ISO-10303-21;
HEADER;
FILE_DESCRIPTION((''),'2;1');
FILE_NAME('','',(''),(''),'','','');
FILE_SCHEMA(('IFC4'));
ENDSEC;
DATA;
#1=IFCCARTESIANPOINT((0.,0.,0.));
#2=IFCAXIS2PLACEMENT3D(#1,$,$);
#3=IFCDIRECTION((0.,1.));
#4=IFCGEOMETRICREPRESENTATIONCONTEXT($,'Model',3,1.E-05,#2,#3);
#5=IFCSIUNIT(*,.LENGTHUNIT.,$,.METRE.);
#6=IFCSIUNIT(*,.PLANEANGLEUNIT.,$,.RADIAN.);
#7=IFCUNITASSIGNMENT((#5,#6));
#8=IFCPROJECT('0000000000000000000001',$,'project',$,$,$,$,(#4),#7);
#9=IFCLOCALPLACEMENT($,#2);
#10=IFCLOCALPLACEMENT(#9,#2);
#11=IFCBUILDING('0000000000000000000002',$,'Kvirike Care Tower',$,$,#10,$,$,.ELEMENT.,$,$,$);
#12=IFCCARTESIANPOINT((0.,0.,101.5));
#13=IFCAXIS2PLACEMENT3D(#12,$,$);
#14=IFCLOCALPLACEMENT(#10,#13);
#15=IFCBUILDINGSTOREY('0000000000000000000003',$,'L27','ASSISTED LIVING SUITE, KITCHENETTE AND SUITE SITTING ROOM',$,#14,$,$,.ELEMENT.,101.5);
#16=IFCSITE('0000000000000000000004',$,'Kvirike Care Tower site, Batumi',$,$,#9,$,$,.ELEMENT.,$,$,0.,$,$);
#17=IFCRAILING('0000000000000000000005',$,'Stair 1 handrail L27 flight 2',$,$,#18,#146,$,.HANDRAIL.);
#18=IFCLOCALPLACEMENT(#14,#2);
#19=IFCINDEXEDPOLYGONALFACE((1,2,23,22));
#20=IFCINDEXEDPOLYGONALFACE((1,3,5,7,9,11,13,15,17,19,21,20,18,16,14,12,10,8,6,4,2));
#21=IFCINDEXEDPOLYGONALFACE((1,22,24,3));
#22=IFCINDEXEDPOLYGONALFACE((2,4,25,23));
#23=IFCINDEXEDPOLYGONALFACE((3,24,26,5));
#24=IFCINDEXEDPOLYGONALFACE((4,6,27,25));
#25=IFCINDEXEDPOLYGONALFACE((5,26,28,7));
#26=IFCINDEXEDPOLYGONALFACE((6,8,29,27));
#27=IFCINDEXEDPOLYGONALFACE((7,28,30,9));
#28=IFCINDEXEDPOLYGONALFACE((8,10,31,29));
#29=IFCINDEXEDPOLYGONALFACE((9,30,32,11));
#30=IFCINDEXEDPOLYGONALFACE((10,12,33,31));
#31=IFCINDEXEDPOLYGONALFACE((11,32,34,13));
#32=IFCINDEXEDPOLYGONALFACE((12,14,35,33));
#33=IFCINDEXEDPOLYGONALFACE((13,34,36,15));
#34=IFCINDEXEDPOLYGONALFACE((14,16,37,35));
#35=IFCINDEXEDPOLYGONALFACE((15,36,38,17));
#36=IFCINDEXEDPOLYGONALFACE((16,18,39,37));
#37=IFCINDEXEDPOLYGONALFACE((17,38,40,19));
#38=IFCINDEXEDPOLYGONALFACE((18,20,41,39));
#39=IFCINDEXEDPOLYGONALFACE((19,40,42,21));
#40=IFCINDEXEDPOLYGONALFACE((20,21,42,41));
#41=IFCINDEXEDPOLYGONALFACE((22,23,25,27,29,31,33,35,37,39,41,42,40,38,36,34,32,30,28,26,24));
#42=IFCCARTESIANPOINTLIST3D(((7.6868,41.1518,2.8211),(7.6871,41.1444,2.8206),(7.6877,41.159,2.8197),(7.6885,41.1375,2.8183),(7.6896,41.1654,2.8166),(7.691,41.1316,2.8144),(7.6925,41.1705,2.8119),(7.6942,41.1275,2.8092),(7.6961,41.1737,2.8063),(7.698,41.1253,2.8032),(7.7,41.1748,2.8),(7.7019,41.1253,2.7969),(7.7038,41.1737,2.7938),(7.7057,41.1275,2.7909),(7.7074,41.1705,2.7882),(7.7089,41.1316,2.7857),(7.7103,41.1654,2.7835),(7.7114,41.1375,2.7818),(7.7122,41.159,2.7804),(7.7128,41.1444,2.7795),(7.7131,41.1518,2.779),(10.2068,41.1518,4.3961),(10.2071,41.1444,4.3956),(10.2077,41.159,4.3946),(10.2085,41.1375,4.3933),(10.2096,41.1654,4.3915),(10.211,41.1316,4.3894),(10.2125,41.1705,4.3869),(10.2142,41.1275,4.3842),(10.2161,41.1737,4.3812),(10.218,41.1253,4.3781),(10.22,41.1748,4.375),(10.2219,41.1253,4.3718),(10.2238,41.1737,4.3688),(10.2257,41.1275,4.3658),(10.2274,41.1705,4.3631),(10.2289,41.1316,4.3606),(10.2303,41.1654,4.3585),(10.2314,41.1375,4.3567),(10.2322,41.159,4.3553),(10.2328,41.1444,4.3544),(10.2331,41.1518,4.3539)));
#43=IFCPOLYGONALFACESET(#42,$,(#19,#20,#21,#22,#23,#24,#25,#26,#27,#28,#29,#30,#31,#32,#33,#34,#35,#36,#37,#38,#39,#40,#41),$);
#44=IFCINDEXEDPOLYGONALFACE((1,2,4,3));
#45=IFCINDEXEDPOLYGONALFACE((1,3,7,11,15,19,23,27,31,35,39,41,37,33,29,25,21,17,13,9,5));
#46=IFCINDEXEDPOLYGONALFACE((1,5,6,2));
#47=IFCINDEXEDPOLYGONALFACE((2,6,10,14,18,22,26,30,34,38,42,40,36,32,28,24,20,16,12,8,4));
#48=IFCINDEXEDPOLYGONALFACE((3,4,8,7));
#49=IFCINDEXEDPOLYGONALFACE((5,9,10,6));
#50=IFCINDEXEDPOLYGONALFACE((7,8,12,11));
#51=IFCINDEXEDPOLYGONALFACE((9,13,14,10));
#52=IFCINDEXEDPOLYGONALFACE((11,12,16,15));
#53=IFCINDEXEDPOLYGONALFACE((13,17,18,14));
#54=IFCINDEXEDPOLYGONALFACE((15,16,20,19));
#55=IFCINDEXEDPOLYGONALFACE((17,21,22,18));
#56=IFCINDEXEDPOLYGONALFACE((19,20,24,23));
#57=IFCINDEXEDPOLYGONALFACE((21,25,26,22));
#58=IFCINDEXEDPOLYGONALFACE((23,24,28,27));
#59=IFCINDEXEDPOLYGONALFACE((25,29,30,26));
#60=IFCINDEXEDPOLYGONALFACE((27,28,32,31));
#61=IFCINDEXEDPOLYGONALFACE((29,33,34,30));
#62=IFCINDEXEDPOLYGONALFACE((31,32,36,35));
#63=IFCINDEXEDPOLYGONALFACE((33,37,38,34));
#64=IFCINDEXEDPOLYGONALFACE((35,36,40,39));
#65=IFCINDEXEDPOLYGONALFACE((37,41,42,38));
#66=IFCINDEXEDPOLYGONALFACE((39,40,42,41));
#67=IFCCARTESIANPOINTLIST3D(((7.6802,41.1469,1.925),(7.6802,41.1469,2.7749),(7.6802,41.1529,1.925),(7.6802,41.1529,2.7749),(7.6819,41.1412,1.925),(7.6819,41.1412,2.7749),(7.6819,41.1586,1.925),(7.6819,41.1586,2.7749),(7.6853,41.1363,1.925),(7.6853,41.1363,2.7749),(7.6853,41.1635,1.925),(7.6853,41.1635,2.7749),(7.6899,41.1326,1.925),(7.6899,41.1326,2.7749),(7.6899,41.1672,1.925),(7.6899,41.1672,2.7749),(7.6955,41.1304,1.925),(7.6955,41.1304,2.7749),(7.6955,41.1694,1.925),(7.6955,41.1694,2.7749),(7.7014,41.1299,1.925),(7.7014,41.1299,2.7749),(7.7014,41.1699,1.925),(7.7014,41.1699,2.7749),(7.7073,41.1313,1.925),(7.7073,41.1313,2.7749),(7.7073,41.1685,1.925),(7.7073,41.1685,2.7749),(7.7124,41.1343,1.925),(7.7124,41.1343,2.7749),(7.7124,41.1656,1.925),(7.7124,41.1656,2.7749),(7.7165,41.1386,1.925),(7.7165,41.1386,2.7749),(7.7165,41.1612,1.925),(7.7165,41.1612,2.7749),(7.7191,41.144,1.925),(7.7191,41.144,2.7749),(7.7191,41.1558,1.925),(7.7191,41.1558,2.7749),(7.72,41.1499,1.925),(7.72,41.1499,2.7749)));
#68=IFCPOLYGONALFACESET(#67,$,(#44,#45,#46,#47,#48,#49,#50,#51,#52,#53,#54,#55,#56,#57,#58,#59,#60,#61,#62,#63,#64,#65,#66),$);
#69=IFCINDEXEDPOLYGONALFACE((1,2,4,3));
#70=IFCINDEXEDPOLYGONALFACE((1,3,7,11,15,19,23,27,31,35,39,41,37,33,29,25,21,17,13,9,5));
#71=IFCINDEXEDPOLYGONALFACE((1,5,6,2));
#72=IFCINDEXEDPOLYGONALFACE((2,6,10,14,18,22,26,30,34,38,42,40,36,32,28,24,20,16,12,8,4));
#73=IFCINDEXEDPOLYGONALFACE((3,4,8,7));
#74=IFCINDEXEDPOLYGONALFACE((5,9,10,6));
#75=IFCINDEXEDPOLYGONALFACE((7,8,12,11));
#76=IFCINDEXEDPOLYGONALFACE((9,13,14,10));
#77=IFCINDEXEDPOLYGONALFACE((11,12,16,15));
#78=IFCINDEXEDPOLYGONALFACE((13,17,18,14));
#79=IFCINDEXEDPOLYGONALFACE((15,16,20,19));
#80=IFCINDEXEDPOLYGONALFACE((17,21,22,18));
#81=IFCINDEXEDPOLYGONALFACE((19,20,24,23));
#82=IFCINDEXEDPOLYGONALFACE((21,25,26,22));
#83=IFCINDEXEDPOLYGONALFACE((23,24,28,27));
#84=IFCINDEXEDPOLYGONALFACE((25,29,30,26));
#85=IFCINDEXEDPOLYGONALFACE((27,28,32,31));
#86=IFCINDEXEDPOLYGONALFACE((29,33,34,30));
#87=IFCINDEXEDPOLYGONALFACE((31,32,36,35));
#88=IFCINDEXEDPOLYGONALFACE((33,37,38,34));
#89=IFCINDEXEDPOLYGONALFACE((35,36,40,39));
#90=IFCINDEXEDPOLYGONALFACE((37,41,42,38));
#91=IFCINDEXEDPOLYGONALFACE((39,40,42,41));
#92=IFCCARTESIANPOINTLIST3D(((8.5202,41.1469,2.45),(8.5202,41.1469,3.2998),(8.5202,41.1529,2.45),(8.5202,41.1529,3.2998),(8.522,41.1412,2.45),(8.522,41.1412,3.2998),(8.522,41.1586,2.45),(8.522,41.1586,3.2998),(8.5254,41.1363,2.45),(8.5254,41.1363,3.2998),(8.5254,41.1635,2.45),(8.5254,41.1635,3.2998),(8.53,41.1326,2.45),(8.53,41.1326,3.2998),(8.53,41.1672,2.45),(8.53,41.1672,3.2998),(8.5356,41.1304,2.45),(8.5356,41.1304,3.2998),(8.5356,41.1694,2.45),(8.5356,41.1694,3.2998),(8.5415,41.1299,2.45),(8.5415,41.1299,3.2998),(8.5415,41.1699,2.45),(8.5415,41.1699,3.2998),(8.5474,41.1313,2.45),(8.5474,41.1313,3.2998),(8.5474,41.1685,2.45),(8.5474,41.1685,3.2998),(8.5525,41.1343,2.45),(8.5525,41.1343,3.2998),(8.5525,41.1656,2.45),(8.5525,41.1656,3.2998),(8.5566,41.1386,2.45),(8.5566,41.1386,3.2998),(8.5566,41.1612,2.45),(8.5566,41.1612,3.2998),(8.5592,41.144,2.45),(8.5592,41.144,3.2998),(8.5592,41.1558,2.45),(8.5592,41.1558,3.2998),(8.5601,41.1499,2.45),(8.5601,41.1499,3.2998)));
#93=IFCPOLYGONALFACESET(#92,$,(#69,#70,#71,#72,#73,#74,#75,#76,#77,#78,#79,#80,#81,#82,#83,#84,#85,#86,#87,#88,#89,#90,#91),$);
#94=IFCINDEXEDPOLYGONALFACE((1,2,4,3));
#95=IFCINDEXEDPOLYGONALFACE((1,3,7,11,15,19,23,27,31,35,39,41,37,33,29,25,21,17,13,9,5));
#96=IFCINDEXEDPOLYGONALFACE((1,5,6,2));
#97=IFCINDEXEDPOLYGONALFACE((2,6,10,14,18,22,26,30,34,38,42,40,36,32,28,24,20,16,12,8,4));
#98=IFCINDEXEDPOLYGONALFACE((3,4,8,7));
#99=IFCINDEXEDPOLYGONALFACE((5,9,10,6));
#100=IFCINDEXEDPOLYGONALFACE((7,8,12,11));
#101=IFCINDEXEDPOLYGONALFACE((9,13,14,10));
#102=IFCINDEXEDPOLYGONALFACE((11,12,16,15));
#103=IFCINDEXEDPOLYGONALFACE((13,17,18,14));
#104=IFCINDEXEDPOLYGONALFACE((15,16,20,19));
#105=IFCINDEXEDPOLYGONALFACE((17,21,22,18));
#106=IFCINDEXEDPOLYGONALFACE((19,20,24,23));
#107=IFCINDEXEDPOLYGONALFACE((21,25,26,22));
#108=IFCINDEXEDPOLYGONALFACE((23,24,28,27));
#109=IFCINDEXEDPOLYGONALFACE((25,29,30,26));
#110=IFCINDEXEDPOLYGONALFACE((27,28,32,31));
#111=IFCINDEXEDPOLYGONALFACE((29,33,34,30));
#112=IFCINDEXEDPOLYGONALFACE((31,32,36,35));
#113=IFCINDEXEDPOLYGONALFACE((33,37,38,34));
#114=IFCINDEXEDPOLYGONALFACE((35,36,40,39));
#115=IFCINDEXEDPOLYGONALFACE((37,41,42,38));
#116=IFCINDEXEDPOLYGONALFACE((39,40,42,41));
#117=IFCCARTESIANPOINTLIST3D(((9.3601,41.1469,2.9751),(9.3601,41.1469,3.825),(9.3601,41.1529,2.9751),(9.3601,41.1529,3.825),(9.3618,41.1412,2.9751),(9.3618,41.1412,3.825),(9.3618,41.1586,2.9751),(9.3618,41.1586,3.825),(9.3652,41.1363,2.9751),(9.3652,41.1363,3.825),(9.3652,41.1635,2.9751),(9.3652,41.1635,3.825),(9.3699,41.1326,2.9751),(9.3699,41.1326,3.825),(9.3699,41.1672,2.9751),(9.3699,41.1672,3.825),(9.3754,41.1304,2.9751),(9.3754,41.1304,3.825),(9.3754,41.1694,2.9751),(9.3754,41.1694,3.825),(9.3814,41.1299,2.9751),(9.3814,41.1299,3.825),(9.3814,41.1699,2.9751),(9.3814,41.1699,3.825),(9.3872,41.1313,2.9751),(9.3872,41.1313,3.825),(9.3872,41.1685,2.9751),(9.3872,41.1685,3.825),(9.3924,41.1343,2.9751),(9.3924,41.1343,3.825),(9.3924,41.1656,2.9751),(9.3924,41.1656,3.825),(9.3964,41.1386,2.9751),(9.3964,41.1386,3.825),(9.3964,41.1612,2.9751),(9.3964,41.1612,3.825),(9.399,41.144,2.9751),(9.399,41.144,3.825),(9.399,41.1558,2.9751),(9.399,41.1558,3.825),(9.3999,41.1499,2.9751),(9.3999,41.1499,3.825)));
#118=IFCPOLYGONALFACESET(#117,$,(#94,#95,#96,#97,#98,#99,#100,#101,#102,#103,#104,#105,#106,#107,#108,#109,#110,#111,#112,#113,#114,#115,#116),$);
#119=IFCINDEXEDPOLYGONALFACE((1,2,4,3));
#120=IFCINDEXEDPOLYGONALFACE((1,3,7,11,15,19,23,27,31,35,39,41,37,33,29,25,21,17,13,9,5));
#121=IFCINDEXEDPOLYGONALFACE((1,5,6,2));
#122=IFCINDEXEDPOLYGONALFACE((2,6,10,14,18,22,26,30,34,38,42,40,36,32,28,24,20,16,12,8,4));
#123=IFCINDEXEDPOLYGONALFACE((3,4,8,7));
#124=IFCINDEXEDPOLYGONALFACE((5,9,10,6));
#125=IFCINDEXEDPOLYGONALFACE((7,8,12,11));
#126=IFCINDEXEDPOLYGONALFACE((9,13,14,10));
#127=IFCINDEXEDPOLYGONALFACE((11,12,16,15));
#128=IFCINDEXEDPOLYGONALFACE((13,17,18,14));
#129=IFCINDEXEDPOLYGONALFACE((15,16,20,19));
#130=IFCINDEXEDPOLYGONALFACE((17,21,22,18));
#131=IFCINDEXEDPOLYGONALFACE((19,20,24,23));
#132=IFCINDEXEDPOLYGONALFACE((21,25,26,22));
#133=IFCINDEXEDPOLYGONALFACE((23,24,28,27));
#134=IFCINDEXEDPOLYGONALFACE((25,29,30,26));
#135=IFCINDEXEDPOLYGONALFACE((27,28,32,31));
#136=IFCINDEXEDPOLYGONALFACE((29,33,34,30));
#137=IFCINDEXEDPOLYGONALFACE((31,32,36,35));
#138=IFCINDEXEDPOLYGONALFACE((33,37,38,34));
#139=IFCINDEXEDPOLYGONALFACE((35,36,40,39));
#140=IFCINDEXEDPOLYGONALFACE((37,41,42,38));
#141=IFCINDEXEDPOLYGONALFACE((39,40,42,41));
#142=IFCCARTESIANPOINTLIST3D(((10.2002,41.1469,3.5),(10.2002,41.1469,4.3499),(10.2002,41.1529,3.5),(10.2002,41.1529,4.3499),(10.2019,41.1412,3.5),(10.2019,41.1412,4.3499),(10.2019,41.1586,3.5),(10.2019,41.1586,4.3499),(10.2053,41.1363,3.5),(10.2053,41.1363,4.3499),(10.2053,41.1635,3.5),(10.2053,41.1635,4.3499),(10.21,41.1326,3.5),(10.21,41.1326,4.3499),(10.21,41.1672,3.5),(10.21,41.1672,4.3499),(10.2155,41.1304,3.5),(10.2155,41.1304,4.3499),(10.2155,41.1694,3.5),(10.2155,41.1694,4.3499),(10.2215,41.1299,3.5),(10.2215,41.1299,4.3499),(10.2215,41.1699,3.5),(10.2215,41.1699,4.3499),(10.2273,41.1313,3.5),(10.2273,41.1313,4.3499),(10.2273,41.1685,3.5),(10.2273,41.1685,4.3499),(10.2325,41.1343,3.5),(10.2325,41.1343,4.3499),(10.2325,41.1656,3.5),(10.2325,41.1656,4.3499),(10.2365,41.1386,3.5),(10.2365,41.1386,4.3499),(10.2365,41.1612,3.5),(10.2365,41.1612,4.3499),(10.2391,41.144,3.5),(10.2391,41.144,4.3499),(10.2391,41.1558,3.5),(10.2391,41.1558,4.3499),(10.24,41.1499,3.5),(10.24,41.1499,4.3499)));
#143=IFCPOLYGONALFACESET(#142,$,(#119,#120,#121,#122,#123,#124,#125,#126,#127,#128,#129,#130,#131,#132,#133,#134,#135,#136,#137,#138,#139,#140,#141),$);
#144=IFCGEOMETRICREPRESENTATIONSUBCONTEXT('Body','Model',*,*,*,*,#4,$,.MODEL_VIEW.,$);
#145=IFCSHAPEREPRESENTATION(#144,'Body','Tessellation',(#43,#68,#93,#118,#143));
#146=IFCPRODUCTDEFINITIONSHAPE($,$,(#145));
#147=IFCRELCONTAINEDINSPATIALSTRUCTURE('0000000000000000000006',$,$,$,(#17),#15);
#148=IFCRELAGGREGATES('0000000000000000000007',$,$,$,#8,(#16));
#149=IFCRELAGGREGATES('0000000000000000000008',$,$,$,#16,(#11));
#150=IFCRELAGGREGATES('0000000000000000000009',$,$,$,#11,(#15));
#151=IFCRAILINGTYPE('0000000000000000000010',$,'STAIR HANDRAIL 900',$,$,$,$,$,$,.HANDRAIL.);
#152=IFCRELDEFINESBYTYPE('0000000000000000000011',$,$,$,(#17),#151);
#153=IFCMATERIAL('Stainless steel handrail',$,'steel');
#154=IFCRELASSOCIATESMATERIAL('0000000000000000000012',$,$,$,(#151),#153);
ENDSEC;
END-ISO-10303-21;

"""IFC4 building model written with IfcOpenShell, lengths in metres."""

from ifc_helpers import new_model, si_unit, direction, frame, origin, origin_2d, place, context, subcontext, project, spatial, circle, extrude, material, type_object, element, save


model = new_model("IFC4")

# Units and contexts
model_context = context("Model", 3, precision=1e-05, world=origin(), true_north=direction((0.0, 1.0)))
body_context = subcontext(model_context, "Body", "Model", "MODEL_VIEW")
ifc_project = project(units=[si_unit("LENGTHUNIT", "METRE"), si_unit("PLANEANGLEUNIT", "RADIAN")], contexts=[model_context])

# Site, building, storey
site_placement = place(None, origin())
site = spatial("IfcSite", under=ifc_project, at=site_placement, Name="Kvirike Care Tower site, Batumi", CompositionType="ELEMENT", RefElevation=0.0)
building_placement = place(site_placement, origin())
building = spatial("IfcBuilding", under=site, at=building_placement, Name="Kvirike Care Tower", CompositionType="ELEMENT")
storey_placement = place(building_placement, frame((0.0, 0.0, 101.5)))
storey = spatial("IfcBuildingStorey", under=building, at=storey_placement, Name="L27", Description="ASSISTED LIVING SUITE, KITCHENETTE AND SUITE SITTING ROOM", CompositionType="ELEMENT", Elevation=101.5)

# Railing
ifc_material_1 = material(Name="Stainless steel handrail", Category="steel")
railing_type = type_object("IfcRailingType", Name="STAIR HANDRAIL 900", PredefinedType="HANDRAIL", material=ifc_material_1)
railing_1_placement = place(storey_placement, frame((7.7, 41.1499, 1.925)))
element("IfcRailing", 1, at=railing_1_placement, inside=storey, type_object=railing_type, Name="Stair 1 handrail L27 flight 2", PredefinedType="HANDRAIL", context=body_context, shape_type="SweptSolid", body=[
    extrude(circle(Radius=0.0249, at=origin_2d()), frame((0.0, 0.0, 0.875), z_axis=(0.848008, 0.0, 0.529984), x_axis=(0.0, 1.0, 0.0)), (0.0, 0.0, 1.0), 2.9717),
    extrude(circle(Radius=0.02, at=origin_2d()), origin(), (0.0, 0.0, 1.0), 0.8499),
    extrude(circle(Radius=0.02, at=origin_2d()), frame((0.8401, 0.0, 0.5249)), (0.0, 0.0, 1.0), 0.8499),
    extrude(circle(Radius=0.02, at=origin_2d()), frame((1.6799, 0.0, 1.05)), (0.0, 0.0, 1.0), 0.8499),
    extrude(circle(Radius=0.02, at=origin_2d()), frame((2.52, 0.0, 1.575)), (0.0, 0.0, 1.0), 0.8499),
])

save(model, "model.ifc")
